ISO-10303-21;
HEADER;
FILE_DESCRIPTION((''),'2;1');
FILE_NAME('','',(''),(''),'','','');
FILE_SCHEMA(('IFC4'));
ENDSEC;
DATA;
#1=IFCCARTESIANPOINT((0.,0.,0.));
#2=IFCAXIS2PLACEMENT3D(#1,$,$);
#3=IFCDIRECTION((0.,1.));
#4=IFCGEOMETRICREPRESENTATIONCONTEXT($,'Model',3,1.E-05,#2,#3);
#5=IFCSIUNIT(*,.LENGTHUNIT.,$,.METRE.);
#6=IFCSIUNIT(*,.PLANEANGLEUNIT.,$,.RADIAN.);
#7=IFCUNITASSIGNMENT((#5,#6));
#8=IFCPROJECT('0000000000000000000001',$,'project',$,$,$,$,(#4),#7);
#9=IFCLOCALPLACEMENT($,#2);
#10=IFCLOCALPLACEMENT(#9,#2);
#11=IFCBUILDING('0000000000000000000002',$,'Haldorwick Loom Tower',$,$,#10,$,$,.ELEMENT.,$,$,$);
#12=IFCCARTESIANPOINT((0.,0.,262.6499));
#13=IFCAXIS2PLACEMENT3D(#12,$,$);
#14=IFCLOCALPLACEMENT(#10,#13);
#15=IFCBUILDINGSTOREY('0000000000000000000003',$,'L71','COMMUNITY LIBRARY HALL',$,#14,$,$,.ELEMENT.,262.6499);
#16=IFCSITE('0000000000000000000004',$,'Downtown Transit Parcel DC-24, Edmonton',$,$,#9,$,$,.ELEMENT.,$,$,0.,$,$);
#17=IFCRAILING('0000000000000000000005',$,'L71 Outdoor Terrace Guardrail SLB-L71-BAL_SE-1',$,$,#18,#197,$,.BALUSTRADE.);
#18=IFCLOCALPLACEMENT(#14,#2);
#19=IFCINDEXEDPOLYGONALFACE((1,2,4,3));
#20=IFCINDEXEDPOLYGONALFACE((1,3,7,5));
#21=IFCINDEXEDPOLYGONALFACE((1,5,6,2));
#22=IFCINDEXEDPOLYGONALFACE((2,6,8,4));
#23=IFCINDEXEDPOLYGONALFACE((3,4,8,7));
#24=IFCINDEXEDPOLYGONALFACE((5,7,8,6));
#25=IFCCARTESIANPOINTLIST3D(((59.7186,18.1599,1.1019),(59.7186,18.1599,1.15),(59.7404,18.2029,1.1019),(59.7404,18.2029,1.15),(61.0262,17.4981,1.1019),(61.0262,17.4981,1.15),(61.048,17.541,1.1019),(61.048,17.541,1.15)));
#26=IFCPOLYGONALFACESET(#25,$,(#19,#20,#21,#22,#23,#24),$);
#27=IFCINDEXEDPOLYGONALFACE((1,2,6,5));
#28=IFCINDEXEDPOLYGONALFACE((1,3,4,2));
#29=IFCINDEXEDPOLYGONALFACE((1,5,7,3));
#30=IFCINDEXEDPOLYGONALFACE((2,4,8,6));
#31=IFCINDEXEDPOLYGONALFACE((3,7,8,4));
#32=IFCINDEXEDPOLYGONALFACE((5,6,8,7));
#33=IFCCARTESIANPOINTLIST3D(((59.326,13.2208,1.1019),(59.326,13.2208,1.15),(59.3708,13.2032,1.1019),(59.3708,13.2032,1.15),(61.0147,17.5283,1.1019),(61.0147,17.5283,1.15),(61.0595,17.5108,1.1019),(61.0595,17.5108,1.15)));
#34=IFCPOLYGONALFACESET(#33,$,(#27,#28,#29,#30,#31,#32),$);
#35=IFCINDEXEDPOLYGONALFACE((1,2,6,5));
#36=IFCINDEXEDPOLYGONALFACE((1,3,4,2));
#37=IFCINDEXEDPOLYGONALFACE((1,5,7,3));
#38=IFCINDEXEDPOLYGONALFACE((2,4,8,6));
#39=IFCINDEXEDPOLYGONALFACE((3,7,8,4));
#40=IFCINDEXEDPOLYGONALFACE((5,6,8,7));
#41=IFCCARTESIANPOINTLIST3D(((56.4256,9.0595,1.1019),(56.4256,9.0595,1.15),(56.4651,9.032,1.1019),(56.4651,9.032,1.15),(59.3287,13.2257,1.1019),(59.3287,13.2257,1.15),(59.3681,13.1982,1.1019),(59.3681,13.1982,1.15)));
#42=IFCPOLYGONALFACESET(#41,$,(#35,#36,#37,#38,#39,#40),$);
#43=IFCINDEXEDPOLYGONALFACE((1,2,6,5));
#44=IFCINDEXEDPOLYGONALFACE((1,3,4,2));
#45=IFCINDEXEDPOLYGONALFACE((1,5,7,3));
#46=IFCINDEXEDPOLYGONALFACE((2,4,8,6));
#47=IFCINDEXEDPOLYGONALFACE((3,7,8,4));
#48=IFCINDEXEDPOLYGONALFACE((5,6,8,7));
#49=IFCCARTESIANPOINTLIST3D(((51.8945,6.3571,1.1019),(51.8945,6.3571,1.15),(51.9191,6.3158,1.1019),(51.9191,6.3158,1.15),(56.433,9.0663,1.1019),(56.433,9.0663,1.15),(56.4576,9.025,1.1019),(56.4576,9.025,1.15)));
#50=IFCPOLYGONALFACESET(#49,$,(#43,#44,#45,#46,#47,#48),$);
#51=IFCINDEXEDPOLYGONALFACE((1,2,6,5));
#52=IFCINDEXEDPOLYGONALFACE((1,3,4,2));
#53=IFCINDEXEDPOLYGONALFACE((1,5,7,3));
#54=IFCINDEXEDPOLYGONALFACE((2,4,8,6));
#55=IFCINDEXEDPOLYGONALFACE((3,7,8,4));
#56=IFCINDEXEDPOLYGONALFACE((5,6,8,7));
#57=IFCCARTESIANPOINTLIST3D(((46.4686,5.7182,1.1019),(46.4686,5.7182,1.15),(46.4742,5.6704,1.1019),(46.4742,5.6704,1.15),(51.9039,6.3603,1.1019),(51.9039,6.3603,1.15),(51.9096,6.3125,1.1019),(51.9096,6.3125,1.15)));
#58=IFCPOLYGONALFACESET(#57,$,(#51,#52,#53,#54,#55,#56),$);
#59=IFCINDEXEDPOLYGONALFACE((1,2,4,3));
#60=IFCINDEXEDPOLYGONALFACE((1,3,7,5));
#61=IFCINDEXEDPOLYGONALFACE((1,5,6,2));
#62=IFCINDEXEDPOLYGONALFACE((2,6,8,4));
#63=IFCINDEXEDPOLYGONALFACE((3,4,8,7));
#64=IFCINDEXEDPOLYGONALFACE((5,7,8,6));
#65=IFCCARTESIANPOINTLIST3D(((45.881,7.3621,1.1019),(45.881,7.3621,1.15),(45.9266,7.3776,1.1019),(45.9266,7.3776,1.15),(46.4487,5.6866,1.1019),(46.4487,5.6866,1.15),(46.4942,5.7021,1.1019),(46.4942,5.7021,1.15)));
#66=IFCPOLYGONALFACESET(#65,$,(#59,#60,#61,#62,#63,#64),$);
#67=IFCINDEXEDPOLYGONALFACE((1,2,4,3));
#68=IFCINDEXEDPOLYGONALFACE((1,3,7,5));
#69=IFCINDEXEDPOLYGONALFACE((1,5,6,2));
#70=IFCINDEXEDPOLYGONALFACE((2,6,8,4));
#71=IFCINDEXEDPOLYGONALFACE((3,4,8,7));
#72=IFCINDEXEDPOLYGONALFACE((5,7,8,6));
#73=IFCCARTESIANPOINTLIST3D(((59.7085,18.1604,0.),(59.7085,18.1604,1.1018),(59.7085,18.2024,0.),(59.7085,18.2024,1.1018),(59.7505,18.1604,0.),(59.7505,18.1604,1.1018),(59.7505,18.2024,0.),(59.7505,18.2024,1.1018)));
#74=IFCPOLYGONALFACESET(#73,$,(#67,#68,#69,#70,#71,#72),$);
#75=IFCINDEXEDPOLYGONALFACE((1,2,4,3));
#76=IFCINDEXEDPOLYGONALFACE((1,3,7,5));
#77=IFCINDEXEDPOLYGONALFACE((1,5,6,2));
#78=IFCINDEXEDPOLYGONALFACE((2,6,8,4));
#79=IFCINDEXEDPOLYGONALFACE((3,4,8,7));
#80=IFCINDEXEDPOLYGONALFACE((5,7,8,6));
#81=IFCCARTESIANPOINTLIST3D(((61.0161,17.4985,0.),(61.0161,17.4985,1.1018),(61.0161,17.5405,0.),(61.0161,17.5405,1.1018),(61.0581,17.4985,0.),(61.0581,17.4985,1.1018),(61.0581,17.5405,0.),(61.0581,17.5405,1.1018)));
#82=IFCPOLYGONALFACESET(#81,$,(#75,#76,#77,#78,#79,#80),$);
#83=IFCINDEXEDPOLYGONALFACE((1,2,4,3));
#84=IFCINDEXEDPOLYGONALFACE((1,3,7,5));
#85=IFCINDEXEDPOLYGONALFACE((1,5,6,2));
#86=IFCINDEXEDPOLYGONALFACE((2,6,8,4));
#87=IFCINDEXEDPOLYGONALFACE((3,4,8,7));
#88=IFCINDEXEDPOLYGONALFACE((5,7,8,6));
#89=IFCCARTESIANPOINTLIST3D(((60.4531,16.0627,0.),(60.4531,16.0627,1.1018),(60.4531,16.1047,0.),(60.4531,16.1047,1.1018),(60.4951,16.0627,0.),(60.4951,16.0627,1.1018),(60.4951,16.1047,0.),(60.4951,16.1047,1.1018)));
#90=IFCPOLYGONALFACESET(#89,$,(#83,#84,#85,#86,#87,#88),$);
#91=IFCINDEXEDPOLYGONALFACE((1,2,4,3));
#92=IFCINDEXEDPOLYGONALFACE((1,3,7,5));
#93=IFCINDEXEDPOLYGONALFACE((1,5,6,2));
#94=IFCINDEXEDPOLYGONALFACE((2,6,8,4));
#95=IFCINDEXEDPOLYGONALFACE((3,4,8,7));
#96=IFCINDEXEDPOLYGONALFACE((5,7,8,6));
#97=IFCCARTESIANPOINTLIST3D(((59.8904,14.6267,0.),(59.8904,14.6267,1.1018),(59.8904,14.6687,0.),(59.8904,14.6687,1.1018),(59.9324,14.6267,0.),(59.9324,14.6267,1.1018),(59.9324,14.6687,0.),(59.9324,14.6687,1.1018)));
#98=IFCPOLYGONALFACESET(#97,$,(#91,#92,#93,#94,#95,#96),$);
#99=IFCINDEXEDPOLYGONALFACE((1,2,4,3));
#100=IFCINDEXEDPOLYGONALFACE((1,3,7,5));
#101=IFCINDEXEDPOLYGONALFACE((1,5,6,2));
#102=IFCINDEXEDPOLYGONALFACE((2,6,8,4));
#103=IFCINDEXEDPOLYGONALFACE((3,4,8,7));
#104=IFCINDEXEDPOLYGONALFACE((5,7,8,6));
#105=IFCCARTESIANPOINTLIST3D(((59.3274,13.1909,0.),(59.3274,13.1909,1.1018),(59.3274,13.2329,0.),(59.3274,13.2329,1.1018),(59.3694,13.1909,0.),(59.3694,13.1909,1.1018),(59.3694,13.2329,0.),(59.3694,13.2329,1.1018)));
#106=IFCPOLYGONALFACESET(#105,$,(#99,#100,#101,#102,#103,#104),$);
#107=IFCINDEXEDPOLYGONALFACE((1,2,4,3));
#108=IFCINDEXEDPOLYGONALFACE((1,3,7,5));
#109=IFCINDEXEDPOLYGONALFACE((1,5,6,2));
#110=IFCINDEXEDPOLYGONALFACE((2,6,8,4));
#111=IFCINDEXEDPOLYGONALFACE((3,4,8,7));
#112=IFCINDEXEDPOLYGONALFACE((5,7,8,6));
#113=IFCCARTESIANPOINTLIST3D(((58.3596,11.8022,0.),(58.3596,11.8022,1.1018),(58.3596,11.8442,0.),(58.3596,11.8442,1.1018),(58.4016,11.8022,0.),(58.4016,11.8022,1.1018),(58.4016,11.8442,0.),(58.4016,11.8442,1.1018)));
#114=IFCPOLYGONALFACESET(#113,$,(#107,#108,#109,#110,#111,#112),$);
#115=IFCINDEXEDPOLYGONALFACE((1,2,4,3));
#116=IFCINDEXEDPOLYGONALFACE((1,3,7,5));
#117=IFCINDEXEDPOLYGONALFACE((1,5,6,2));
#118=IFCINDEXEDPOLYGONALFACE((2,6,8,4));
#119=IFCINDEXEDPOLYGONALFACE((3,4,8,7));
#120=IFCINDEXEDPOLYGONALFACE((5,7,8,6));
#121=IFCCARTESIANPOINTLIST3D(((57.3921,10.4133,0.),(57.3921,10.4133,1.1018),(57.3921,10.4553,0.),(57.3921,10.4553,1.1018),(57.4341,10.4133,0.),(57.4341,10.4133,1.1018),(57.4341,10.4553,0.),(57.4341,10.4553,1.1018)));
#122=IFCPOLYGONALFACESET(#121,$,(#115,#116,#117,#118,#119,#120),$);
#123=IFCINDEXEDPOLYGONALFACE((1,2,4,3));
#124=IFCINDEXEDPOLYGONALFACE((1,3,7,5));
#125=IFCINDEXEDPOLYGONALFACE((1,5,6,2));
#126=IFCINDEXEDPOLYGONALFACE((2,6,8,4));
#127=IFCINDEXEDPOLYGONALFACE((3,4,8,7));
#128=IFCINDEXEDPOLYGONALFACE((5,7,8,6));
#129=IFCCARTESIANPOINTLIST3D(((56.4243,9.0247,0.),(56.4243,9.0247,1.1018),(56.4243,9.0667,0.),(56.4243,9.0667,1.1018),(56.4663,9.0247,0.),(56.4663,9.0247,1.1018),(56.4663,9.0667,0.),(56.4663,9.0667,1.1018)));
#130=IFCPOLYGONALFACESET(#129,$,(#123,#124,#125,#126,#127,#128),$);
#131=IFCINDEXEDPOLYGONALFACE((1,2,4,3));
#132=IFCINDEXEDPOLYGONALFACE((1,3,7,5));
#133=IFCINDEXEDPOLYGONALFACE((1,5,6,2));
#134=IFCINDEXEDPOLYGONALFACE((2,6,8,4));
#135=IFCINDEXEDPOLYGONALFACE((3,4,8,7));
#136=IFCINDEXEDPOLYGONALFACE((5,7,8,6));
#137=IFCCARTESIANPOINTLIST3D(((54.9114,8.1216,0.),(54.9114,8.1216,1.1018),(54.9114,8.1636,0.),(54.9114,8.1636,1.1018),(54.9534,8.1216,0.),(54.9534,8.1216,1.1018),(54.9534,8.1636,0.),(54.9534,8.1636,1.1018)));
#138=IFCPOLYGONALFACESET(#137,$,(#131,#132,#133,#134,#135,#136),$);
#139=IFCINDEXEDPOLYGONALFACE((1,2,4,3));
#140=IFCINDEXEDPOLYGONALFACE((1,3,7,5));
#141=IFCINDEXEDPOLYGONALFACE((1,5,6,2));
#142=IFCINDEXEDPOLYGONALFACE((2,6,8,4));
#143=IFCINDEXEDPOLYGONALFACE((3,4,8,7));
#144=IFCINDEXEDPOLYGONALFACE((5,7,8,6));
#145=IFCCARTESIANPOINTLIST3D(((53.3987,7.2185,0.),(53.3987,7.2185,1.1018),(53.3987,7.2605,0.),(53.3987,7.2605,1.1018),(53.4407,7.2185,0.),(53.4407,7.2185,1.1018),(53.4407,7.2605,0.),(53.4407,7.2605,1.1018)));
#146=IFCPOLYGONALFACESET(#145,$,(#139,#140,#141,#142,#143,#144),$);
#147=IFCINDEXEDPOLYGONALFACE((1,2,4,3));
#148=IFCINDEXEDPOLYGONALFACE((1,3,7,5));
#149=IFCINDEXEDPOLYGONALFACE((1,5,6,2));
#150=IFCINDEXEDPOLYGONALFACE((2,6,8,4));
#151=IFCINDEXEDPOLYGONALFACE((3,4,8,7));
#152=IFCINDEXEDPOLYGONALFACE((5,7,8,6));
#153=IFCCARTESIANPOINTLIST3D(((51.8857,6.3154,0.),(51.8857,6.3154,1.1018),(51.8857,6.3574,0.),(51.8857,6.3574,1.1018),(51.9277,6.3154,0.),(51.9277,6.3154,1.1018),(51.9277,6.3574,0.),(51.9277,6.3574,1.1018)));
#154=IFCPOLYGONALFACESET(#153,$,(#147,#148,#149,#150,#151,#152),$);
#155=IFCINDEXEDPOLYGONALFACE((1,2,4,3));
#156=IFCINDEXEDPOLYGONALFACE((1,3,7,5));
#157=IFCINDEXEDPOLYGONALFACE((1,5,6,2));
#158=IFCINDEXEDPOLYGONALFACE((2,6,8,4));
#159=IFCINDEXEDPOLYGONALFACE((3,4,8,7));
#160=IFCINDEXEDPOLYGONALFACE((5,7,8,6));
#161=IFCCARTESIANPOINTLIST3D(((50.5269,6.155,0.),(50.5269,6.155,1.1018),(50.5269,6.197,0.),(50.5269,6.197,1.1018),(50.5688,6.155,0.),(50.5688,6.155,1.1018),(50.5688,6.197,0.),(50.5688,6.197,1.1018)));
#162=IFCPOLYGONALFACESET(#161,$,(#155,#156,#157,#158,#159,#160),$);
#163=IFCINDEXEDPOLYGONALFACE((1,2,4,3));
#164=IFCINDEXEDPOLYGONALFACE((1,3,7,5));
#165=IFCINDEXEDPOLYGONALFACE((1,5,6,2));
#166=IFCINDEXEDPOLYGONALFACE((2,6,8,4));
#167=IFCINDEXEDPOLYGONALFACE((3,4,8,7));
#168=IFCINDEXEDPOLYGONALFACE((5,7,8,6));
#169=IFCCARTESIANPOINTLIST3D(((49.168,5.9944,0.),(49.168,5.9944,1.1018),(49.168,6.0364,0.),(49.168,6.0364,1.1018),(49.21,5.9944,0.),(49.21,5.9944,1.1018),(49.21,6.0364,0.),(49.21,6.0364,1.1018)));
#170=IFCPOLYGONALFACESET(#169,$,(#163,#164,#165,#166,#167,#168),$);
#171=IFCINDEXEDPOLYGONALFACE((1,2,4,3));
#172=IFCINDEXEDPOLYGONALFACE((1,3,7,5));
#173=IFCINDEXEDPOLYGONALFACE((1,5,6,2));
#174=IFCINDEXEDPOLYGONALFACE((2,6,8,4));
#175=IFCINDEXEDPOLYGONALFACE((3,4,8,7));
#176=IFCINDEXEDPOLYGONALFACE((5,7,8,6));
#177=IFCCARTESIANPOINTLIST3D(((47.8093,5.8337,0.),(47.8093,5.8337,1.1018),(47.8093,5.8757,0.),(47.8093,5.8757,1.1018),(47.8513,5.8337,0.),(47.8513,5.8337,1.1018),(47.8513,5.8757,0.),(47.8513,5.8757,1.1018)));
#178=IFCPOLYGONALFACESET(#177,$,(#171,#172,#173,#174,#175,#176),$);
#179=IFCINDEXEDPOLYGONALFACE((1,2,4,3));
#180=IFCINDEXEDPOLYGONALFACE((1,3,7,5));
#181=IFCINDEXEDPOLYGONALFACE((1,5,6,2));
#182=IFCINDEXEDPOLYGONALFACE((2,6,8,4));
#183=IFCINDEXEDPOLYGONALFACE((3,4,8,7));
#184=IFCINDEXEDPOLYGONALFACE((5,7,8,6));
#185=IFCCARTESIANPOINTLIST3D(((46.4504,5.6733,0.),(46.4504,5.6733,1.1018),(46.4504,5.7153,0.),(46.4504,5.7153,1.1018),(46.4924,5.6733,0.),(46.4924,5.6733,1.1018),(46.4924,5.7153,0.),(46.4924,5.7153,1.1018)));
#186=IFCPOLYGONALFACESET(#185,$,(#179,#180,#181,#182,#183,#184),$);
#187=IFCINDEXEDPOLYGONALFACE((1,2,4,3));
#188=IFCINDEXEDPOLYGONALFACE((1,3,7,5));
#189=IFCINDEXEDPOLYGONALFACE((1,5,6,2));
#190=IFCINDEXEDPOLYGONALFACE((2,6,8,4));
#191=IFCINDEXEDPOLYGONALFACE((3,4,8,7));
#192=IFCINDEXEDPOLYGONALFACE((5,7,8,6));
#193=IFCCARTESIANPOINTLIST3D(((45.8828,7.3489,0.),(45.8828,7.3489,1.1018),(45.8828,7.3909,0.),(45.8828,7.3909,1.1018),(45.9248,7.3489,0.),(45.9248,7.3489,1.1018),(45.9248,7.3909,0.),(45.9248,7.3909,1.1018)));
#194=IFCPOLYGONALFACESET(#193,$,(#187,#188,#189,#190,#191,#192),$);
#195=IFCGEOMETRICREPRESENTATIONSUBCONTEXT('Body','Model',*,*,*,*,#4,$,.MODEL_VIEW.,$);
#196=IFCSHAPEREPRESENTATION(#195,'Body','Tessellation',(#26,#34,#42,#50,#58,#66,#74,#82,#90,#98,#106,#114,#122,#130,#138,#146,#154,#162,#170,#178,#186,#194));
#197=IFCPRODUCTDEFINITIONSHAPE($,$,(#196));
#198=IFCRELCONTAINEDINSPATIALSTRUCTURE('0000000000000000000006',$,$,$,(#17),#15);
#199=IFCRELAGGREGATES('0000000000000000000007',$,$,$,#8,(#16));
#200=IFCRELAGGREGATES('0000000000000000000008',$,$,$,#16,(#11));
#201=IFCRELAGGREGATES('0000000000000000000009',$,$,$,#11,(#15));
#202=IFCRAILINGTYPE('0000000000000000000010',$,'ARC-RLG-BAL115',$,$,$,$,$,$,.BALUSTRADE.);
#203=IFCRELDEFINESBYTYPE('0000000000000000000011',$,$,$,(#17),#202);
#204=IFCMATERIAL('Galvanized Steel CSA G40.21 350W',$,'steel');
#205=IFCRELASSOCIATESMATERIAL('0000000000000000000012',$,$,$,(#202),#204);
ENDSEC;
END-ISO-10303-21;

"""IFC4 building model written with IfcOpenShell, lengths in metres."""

from ifc_helpers import new_model, si_unit, direction, frame, origin, origin_2d, place, context, subcontext, project, spatial, rectangle, extrude, material, type_object, element, save


model = new_model("IFC4")

# Units and contexts
model_context = context("Model", 3, precision=1e-05, world=origin(), true_north=direction((0.0, 1.0)))
body_context = subcontext(model_context, "Body", "Model", "MODEL_VIEW")
ifc_project = project(units=[si_unit("LENGTHUNIT", "METRE"), si_unit("PLANEANGLEUNIT", "RADIAN")], contexts=[model_context])

# Site, building, storey
site_placement = place(None, origin())
site = spatial("IfcSite", under=ifc_project, at=site_placement, Name="Downtown Transit Parcel DC-24, Edmonton", CompositionType="ELEMENT", RefElevation=0.0)
building_placement = place(site_placement, origin())
building = spatial("IfcBuilding", under=site, at=building_placement, Name="Haldorwick Loom Tower", CompositionType="ELEMENT")
storey_placement = place(building_placement, frame((0.0, 0.0, 262.6499)))
storey = spatial("IfcBuildingStorey", under=building, at=storey_placement, Name="L71", Description="COMMUNITY LIBRARY HALL", CompositionType="ELEMENT", Elevation=262.6499)

# Railing
ifc_material_1 = material(Name="Galvanized Steel CSA G40.21 350W", Category="steel")
railing_type = type_object("IfcRailingType", Name="ARC-RLG-BAL115", PredefinedType="BALUSTRADE", material=ifc_material_1)
railing_placement = place(storey_placement, frame((59.7295, 18.1814, 0.0)))
element("IfcRailing", 1, at=railing_placement, inside=storey, type_object=railing_type, Name="L71 Outdoor Terrace Guardrail SLB-L71-BAL_SE-1", PredefinedType="BALUSTRADE", context=body_context, shape_type="SweptSolid", body=[
    extrude(rectangle(XDim=0.0481, YDim=0.0481, at=origin_2d()), frame((0.0, 0.0, 1.126), z_axis=(0.892217, -0.451606, 0.0), x_axis=(0.451606, 0.892217, 0.0)), (0.0, 0.0, 1.0), 1.4656),
    extrude(rectangle(XDim=0.0481, YDim=0.0481, at=origin_2d()), frame((1.3076, -0.6619, 1.126), z_axis=(-0.364986, -0.931013, 0.0), x_axis=(0.931013, -0.364986, 0.0)), (0.0, 0.0, 1.0), 4.6267),
    extrude(rectangle(XDim=0.0481, YDim=0.0481, at=origin_2d()), frame((-0.3811, -4.9695, 1.126), z_axis=(-0.571702, -0.820461, 0.0), x_axis=(0.820461, -0.571702, 0.0)), (0.0, 0.0, 1.0), 5.0779),
    extrude(rectangle(XDim=0.0481, YDim=0.0481, at=origin_2d()), frame((-3.2842, -9.1357, 1.126), z_axis=(-0.858652, -0.512559, 0.0), x_axis=(0.512559, -0.858652, 0.0)), (0.0, 0.0, 1.0), 5.2856),
    extrude(rectangle(XDim=0.0481, YDim=0.0481, at=origin_2d()), frame((-7.8228, -11.845, 1.126), z_axis=(-0.993094, -0.117317, 0.0), x_axis=(0.117317, -0.993094, 0.0)), (0.0, 0.0, 1.0), 5.4731),
    extrude(rectangle(XDim=0.0481, YDim=0.0481, at=origin_2d()), frame((-13.2581, -12.4871, 1.126), z_axis=(-0.320861, 0.947126, 0.0), x_axis=(-0.947126, -0.320861, 0.0)), (0.0, 0.0, 1.0), 1.769),
    extrude(rectangle(XDim=0.042, YDim=0.042, at=origin_2d()), origin(), (0.0, 0.0, 1.0), 1.1018),
    extrude(rectangle(XDim=0.042, YDim=0.042, at=origin_2d()), frame((1.3076, -0.6619, 0.0)), (0.0, 0.0, 1.0), 1.1018),
    extrude(rectangle(XDim=0.042, YDim=0.042, at=origin_2d()), frame((0.7446, -2.0977, 0.0)), (0.0, 0.0, 1.0), 1.1018),
    extrude(rectangle(XDim=0.042, YDim=0.042, at=origin_2d()), frame((0.1819, -3.5337, 0.0)), (0.0, 0.0, 1.0), 1.1018),
    extrude(rectangle(XDim=0.042, YDim=0.042, at=origin_2d()), frame((-0.3811, -4.9695, 0.0)), (0.0, 0.0, 1.0), 1.1018),
    extrude(rectangle(XDim=0.042, YDim=0.042, at=origin_2d()), frame((-1.3489, -6.3582, 0.0)), (0.0, 0.0, 1.0), 1.1018),
    extrude(rectangle(XDim=0.042, YDim=0.042, at=origin_2d()), frame((-2.3164, -7.7471, 0.0)), (0.0, 0.0, 1.0), 1.1018),
    extrude(rectangle(XDim=0.042, YDim=0.042, at=origin_2d()), frame((-3.2842, -9.1357, 0.0)), (0.0, 0.0, 1.0), 1.1018),
    extrude(rectangle(XDim=0.042, YDim=0.042, at=origin_2d()), frame((-4.7971, -10.0388, 0.0)), (0.0, 0.0, 1.0), 1.1018),
    extrude(rectangle(XDim=0.042, YDim=0.042, at=origin_2d()), frame((-6.3098, -10.9419, 0.0)), (0.0, 0.0, 1.0), 1.1018),
    extrude(rectangle(XDim=0.042, YDim=0.042, at=origin_2d()), frame((-7.8228, -11.845, 0.0)), (0.0, 0.0, 1.0), 1.1018),
    extrude(rectangle(XDim=0.042, YDim=0.042, at=origin_2d()), frame((-9.1816, -12.0054, 0.0)), (0.0, 0.0, 1.0), 1.1018),
    extrude(rectangle(XDim=0.042, YDim=0.042, at=origin_2d()), frame((-10.5405, -12.166, 0.0)), (0.0, 0.0, 1.0), 1.1018),
    extrude(rectangle(XDim=0.042, YDim=0.042, at=origin_2d()), frame((-11.8992, -12.3267, 0.0)), (0.0, 0.0, 1.0), 1.1018),
    extrude(rectangle(XDim=0.042, YDim=0.042, at=origin_2d()), frame((-13.2581, -12.4871, 0.0)), (0.0, 0.0, 1.0), 1.1018),
    extrude(rectangle(XDim=0.042, YDim=0.042, at=origin_2d()), frame((-13.8257, -10.8115, 0.0)), (0.0, 0.0, 1.0), 1.1018),
])

save(model, "model.ifc")
